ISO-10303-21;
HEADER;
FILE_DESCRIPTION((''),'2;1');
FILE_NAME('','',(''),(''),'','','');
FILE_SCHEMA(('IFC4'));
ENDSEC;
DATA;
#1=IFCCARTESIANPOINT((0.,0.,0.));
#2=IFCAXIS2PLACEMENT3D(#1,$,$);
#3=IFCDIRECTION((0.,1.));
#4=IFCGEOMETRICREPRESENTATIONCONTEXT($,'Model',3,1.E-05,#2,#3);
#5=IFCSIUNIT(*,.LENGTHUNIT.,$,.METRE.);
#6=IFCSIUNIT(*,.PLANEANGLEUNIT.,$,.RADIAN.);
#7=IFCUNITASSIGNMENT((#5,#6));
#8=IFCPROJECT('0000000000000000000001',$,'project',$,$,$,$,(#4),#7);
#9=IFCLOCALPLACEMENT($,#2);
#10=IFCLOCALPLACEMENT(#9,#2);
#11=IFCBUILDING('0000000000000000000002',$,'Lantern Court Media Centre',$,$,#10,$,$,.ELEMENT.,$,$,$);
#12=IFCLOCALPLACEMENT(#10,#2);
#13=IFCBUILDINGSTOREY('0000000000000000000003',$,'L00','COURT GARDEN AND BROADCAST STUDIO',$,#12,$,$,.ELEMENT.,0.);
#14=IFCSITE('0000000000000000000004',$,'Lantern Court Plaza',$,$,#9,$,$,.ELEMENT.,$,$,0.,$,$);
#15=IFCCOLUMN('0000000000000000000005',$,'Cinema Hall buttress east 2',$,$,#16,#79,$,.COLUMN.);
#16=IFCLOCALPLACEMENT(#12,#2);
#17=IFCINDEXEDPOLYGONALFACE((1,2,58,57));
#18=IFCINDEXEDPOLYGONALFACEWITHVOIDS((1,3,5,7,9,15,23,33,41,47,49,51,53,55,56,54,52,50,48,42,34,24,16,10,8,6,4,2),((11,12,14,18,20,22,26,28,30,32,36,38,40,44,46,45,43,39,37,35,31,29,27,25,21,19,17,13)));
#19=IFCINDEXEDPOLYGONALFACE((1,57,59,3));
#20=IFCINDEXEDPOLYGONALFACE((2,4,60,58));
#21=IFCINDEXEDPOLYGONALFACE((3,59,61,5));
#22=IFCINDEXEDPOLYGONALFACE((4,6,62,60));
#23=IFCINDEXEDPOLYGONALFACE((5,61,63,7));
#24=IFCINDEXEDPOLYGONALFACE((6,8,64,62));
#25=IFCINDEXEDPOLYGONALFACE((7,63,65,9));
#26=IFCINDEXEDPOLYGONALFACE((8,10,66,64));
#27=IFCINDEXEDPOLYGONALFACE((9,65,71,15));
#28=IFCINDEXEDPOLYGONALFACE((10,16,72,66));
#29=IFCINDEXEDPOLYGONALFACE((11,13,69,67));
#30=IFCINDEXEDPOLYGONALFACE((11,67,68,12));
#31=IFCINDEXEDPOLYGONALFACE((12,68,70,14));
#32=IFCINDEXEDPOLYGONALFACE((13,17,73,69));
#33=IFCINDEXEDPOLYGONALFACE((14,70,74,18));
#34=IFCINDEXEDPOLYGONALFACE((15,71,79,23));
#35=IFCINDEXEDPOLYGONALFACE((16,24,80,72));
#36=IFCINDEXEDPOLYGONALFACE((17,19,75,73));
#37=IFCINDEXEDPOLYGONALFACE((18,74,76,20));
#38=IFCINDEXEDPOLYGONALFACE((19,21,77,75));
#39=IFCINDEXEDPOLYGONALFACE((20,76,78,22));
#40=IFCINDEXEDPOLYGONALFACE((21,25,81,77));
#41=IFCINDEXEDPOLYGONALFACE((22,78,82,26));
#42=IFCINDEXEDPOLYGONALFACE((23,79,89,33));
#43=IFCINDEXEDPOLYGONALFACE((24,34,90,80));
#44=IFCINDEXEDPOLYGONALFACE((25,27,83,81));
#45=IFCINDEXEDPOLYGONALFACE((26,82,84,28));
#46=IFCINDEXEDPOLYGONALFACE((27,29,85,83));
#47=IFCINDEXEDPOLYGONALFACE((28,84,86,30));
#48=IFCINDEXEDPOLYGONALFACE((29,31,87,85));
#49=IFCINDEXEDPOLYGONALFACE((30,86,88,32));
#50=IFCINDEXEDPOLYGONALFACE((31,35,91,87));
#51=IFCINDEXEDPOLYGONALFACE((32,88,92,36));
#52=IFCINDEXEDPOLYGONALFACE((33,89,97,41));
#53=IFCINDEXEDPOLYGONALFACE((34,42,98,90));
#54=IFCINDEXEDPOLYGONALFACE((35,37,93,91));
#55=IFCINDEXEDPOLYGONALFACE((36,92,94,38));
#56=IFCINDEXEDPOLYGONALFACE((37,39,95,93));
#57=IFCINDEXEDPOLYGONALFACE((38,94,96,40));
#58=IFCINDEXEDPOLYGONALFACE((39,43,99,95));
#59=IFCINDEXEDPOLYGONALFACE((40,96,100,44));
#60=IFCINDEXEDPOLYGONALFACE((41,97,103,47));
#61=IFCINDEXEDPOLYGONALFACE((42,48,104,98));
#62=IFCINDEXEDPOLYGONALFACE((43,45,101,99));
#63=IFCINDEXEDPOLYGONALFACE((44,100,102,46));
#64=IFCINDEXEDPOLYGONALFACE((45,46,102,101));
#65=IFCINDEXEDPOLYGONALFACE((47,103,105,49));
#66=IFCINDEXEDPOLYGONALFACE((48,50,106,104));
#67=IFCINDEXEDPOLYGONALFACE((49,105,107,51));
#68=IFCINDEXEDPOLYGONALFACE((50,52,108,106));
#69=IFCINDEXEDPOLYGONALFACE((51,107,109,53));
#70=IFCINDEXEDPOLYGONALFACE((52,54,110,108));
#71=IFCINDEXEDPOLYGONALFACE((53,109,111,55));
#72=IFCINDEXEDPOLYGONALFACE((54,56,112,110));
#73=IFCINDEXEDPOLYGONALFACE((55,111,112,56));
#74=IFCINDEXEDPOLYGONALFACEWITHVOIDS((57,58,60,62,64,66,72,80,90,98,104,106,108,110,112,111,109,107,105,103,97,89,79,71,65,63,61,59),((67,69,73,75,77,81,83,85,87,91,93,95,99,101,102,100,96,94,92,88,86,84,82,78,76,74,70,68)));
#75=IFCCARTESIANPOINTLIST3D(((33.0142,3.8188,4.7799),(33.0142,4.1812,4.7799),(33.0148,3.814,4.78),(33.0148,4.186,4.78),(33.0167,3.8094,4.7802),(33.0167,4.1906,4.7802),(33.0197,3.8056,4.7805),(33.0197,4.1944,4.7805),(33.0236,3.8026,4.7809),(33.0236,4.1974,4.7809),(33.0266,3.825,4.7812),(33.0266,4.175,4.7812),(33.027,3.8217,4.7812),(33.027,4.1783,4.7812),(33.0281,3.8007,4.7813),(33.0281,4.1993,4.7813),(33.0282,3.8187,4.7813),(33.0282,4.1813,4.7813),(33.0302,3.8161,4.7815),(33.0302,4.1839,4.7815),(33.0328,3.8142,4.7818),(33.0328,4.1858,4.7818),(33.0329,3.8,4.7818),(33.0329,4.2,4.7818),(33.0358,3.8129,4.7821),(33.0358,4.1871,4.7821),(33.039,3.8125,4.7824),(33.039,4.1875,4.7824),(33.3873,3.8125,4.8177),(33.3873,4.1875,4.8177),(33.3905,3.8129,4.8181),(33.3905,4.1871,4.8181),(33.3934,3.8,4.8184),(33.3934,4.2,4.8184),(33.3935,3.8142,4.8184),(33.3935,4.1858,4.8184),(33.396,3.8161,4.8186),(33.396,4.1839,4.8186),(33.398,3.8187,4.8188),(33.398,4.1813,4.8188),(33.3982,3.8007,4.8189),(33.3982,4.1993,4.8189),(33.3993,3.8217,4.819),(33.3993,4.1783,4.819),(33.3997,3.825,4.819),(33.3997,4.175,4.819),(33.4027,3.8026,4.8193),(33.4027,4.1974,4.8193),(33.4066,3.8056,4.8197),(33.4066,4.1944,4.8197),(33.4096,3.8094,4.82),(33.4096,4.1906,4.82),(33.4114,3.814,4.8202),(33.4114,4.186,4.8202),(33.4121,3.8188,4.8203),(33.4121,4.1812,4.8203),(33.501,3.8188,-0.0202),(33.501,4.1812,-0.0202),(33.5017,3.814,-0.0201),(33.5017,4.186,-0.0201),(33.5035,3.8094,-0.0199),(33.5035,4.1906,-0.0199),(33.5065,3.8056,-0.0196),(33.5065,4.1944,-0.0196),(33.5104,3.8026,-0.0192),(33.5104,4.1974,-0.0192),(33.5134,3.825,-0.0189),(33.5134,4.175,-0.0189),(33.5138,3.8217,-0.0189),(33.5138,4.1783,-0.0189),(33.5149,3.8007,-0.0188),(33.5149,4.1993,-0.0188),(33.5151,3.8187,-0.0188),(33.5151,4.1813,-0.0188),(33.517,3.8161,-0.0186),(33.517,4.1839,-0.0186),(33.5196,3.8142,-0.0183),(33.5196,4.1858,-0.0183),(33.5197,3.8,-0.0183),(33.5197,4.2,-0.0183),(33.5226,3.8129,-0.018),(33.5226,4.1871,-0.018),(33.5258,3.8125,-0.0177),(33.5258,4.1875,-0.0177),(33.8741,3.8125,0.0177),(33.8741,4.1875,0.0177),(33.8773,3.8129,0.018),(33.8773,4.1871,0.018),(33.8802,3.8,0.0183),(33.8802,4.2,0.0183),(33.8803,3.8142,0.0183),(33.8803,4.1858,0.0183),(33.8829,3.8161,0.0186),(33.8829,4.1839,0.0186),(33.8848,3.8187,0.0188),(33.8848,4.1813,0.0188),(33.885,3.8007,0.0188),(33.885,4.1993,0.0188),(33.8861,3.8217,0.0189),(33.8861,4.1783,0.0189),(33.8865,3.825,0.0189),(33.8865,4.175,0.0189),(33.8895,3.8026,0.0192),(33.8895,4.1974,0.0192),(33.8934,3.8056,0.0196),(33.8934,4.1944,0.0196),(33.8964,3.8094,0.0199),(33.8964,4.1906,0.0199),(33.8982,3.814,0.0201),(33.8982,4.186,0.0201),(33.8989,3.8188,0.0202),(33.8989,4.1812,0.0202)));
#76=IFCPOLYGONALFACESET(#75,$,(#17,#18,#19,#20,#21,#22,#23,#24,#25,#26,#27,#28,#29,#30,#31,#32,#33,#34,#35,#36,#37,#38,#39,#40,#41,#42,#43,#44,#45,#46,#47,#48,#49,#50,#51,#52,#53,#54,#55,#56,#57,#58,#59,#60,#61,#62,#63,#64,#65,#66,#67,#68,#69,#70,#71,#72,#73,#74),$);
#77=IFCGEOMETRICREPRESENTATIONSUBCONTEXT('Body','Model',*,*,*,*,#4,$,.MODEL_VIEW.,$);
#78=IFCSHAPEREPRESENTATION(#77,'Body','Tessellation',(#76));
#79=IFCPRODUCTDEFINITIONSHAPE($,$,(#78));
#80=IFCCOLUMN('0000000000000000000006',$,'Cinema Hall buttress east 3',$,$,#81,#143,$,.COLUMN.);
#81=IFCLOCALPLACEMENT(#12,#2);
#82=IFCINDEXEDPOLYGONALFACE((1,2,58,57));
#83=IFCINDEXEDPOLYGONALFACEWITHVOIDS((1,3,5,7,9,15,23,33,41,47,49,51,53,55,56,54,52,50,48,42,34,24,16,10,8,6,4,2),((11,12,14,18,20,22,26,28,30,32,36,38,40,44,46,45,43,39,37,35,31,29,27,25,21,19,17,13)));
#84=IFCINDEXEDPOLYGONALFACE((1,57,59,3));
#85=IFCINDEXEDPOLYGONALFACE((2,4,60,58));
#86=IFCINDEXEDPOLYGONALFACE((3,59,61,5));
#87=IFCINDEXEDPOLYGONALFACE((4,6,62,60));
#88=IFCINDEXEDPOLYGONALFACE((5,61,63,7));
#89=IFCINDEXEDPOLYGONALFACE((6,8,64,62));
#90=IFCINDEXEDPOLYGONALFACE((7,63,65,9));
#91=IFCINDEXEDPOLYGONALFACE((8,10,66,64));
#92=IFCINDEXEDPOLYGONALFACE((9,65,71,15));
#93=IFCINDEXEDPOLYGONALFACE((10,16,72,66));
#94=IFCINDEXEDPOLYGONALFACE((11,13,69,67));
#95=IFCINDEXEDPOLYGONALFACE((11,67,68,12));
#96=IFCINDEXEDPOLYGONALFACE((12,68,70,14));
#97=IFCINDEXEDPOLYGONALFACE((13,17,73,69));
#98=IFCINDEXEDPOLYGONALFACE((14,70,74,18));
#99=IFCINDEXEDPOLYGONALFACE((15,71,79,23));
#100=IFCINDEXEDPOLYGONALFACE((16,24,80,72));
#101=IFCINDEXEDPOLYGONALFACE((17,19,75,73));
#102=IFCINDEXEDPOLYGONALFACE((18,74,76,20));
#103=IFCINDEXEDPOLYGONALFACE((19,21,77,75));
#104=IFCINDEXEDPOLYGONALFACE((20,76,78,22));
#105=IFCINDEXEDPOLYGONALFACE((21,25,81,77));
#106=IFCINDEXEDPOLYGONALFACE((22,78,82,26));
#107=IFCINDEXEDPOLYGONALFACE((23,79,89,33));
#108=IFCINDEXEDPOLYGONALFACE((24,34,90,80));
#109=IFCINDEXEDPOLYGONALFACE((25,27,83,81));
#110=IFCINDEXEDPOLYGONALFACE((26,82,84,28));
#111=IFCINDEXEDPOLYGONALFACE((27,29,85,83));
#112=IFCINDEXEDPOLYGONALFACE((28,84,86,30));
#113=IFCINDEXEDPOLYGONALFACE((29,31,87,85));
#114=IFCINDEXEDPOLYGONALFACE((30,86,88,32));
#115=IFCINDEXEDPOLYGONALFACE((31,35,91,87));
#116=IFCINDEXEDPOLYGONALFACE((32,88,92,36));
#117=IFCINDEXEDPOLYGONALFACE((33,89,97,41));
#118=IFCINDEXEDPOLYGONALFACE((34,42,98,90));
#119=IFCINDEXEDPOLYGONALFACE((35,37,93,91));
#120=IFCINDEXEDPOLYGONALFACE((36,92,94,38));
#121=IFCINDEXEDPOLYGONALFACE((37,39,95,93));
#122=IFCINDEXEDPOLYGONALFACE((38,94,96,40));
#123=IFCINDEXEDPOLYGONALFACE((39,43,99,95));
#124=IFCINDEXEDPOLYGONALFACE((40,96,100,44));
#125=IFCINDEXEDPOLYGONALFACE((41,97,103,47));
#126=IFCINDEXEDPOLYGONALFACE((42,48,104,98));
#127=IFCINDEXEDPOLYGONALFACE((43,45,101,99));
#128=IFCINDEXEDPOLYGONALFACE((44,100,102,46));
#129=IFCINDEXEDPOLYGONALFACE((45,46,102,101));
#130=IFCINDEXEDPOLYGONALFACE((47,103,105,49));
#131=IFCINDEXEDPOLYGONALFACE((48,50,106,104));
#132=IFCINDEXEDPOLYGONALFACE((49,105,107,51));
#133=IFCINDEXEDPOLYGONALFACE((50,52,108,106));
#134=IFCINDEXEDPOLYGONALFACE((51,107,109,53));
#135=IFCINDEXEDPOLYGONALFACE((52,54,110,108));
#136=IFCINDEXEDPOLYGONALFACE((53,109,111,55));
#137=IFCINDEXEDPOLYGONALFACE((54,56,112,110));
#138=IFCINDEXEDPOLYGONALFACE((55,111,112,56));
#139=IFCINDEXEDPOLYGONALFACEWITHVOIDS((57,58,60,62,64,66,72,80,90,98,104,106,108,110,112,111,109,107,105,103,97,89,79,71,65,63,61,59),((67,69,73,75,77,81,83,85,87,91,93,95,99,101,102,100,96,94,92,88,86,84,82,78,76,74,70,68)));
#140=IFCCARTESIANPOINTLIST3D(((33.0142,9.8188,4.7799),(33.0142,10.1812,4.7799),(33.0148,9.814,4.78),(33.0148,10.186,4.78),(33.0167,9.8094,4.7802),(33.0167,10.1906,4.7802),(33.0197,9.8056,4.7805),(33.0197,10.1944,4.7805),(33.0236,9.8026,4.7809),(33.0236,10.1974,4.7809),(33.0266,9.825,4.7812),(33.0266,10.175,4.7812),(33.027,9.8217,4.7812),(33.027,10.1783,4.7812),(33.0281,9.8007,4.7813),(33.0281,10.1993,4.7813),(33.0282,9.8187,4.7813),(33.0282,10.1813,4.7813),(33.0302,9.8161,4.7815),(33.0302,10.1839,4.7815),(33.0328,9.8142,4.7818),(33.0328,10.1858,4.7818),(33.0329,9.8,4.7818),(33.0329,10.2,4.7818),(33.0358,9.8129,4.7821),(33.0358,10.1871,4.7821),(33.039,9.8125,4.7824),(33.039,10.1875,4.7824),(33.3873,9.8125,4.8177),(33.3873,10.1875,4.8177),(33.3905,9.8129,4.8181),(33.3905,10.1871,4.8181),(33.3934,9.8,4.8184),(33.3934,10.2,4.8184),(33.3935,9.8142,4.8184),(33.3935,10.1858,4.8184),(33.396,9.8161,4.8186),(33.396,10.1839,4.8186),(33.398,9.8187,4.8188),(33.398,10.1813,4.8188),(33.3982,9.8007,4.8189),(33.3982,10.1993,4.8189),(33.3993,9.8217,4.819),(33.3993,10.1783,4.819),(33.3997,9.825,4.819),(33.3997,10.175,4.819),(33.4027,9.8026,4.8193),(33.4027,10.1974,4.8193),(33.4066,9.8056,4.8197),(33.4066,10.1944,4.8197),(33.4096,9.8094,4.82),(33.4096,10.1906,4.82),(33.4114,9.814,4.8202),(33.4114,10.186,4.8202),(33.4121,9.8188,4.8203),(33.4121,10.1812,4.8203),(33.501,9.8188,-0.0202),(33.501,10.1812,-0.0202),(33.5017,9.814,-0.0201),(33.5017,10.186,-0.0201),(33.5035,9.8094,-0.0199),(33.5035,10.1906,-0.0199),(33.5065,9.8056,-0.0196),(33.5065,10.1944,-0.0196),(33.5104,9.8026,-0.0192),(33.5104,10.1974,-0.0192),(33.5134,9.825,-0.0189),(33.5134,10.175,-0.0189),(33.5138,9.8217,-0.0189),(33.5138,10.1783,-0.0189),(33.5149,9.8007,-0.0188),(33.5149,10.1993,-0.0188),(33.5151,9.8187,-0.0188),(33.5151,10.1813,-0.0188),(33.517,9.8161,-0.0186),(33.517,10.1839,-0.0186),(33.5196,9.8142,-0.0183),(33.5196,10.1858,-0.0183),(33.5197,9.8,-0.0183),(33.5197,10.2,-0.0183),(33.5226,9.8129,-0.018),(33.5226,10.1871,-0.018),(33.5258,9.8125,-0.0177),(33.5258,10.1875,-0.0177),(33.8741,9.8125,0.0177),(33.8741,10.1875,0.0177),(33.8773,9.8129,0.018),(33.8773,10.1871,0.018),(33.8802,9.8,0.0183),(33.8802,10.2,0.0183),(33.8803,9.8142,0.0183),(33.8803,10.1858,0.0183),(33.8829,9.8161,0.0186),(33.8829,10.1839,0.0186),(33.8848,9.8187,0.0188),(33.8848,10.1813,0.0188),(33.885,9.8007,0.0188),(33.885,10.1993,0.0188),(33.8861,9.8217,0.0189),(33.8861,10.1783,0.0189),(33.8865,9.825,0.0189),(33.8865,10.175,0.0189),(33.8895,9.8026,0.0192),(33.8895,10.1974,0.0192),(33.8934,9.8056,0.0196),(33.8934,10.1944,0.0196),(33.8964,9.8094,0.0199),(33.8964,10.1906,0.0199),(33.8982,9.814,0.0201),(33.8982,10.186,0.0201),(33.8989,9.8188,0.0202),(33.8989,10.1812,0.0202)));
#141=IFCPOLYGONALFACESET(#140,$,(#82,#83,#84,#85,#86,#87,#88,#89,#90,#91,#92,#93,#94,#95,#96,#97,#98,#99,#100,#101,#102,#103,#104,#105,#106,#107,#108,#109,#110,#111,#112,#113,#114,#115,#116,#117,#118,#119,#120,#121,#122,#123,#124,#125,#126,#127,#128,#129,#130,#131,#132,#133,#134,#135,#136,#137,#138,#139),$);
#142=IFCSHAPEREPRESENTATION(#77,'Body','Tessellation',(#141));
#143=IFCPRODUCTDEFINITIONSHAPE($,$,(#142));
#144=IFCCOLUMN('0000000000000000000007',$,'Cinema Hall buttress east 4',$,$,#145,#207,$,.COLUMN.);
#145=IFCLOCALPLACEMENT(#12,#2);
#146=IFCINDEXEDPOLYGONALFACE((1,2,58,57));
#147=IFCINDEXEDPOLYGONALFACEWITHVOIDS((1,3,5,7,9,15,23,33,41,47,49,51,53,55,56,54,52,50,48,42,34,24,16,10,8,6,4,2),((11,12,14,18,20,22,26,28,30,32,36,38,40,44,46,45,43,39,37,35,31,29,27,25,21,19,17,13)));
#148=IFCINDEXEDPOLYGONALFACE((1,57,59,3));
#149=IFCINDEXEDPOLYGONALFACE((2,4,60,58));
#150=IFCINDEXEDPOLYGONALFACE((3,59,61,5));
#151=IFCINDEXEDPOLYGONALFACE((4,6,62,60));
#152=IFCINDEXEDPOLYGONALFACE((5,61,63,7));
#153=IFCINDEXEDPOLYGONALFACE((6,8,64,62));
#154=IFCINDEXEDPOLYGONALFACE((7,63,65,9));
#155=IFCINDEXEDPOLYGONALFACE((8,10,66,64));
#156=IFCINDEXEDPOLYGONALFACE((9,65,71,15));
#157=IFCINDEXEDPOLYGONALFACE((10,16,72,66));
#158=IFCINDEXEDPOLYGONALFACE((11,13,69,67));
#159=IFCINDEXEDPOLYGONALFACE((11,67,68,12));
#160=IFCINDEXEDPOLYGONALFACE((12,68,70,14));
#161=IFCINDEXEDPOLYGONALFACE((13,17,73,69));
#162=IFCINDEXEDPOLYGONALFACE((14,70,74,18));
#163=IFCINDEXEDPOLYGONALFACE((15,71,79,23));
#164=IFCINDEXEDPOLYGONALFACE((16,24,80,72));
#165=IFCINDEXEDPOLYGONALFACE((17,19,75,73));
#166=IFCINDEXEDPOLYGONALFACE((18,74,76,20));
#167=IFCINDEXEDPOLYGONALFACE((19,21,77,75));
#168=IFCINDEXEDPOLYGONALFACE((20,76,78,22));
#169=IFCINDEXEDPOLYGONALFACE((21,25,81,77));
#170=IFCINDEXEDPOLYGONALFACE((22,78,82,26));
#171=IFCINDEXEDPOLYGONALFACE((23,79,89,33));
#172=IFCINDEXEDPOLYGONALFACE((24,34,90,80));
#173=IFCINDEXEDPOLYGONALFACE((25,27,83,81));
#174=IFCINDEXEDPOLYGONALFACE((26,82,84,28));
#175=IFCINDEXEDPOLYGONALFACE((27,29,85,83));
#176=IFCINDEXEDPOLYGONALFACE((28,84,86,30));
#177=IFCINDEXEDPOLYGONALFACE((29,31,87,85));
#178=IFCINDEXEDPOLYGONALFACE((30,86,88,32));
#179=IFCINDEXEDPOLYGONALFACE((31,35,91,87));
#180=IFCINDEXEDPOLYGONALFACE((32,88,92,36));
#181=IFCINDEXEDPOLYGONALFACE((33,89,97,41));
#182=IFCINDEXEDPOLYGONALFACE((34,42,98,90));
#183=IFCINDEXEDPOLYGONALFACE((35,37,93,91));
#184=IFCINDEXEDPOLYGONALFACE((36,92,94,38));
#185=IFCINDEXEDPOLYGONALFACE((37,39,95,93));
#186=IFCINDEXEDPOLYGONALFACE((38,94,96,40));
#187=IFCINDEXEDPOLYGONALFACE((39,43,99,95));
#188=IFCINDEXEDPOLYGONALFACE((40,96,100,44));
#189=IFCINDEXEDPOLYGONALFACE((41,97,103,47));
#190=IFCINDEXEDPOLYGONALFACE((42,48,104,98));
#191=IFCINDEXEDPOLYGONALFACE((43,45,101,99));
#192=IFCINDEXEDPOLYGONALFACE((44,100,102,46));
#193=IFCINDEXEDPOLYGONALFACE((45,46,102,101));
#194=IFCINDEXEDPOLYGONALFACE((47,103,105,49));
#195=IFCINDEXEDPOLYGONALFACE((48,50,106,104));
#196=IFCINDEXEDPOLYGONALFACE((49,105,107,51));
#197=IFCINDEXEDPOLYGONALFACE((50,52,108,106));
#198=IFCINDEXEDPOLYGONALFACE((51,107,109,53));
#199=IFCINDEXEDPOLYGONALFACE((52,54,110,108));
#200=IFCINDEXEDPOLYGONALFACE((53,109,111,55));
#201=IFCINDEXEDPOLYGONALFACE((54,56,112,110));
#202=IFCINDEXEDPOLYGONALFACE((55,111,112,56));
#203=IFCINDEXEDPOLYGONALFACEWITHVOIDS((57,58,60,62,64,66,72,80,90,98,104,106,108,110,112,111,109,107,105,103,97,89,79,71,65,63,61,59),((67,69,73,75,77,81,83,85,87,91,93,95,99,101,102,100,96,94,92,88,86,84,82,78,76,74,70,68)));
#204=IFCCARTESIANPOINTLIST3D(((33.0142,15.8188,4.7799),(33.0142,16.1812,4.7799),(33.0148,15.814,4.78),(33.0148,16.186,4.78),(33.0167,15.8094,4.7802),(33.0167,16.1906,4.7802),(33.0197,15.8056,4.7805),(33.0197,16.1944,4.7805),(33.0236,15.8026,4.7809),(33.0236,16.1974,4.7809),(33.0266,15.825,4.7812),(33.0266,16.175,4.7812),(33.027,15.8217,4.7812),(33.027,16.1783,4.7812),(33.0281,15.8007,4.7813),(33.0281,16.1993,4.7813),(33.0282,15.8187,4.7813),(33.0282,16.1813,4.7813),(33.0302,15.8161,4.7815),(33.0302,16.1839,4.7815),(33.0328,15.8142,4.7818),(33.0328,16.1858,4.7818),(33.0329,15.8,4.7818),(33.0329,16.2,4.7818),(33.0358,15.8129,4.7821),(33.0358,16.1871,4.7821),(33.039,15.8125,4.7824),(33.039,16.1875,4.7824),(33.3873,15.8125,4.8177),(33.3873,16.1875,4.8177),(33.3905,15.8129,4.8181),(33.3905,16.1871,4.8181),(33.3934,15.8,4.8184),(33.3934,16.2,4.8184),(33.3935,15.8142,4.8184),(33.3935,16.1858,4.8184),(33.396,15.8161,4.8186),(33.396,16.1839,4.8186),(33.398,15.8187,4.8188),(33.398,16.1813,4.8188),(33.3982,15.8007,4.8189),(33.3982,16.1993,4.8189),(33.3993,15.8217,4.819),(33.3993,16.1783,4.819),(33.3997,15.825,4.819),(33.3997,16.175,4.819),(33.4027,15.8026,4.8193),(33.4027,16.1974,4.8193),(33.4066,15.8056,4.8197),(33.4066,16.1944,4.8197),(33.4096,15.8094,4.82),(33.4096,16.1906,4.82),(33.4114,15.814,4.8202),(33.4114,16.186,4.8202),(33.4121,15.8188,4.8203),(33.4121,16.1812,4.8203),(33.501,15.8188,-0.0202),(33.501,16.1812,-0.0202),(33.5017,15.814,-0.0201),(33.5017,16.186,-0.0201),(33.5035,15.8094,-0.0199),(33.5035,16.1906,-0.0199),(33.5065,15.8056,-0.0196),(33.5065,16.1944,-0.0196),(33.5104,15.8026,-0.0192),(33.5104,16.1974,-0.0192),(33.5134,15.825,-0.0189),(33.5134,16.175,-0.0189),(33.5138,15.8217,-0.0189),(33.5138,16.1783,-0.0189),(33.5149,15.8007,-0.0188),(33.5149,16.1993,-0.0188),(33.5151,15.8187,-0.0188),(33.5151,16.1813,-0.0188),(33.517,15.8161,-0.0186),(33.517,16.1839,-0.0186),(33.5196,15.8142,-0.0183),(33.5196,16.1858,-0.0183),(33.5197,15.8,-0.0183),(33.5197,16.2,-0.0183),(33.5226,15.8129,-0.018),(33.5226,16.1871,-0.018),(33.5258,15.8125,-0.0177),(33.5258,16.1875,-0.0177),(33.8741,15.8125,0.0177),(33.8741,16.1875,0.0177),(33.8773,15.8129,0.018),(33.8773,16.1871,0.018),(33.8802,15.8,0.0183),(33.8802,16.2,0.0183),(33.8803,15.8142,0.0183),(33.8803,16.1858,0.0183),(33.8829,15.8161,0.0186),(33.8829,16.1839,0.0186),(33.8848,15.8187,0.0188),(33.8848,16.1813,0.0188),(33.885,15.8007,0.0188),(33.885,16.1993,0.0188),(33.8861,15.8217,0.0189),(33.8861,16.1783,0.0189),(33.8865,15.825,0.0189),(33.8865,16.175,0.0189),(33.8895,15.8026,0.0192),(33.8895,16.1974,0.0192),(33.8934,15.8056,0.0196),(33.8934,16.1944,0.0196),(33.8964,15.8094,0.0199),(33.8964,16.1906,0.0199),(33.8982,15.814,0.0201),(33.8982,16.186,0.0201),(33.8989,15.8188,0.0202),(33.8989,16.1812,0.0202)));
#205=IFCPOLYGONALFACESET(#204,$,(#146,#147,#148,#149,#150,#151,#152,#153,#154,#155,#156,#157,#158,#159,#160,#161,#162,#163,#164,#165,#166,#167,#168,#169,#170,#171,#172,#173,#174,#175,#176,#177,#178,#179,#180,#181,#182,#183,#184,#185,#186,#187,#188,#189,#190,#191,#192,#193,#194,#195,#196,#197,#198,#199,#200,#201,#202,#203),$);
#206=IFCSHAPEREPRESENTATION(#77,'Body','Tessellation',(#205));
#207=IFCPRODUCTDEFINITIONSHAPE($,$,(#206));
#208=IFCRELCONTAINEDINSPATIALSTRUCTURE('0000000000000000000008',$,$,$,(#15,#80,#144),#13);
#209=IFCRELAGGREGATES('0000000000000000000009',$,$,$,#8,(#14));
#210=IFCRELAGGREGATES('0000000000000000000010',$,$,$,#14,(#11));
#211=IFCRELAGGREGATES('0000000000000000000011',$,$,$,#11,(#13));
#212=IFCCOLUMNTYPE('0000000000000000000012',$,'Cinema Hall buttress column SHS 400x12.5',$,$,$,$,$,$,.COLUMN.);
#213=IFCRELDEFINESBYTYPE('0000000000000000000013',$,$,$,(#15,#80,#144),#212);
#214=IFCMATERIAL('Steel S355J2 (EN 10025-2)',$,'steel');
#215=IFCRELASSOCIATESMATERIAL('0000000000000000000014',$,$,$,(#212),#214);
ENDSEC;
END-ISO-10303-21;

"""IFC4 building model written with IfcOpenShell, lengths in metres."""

from ifc_helpers import new_model, si_unit, direction, frame, origin, origin_2d, place, context, subcontext, project, spatial, hollow_rectangle, extrude, material, material_profile, profile_set, type_object, element, save


model = new_model("IFC4")

# Units and contexts
model_context = context("Model", 3, precision=1e-05, world=origin(), true_north=direction((0.0, 1.0)))
body_context = subcontext(model_context, "Body", "Model", "MODEL_VIEW")
ifc_project = project(units=[si_unit("LENGTHUNIT", "METRE"), si_unit("PLANEANGLEUNIT", "RADIAN")], contexts=[model_context])

# Site, building, storey
site_placement = place(None, origin())
site = spatial("IfcSite", under=ifc_project, at=site_placement, Name="Lantern Court Plaza", CompositionType="ELEMENT", RefElevation=0.0)
building_placement = place(site_placement, origin())
building = spatial("IfcBuilding", under=site, at=building_placement, Name="Lantern Court Media Centre", CompositionType="ELEMENT")
storey_placement = place(building_placement, origin())
storey = spatial("IfcBuildingStorey", under=building, at=storey_placement, Name="L00", Description="COURT GARDEN AND BROADCAST STUDIO", CompositionType="ELEMENT", Elevation=0.0)

# Columns
ifc_material_1 = material(Name="Steel S355J2 (EN 10025-2)", Category="steel")
ifc_material_profile_1 = material_profile(ifc_material_1, hollow_rectangle(XDim=0.3999, YDim=0.3999, WallThickness=0.0125, InnerFilletRadius=0.0125, OuterFilletRadius=0.0188, at=origin_2d()), Name="Cinema Hall buttress column SHS 400x12.5")
ifc_profile_set_1 = profile_set([ifc_material_profile_1], Name="Steel S355J2 (EN 10025-2)")
column_type_1 = type_object("IfcColumnType", Name="Cinema Hall buttress column SHS 400x12.5", PredefinedType="COLUMN", material=ifc_profile_set_1)
for number, where, z_axis, x_axis, name in (
    (1, (33.7, 4.0, 0.0), (-0.100901, 0.0, 0.994896), (0.0, -1.0, 0.0), "Cinema Hall buttress east 2"),
    (2, (33.7, 10.0, 0.0), (-0.100901, 0.0, 0.994896), (0.0, -1.0, 0.0), "Cinema Hall buttress east 3"),
    (3, (33.7, 16.0, 0.0), (-0.100901, 0.0, 0.994896), (0.0, -1.0, 0.0), "Cinema Hall buttress east 4"),
):
    element("IfcColumn", number, at=place(storey_placement, frame(where, z_axis=z_axis, x_axis=x_axis)), inside=storey, type_object=column_type_1, Name=name, PredefinedType="COLUMN", context=body_context, shape_type="SweptSolid", body=[
        extrude(hollow_rectangle(XDim=0.3999, YDim=0.3999, WallThickness=0.0125, InnerFilletRadius=0.0125, OuterFilletRadius=0.0188, at=origin_2d()), origin(), (0.0, 0.0, 1.0), 4.8247),
    ])

save(model, "model.ifc")
